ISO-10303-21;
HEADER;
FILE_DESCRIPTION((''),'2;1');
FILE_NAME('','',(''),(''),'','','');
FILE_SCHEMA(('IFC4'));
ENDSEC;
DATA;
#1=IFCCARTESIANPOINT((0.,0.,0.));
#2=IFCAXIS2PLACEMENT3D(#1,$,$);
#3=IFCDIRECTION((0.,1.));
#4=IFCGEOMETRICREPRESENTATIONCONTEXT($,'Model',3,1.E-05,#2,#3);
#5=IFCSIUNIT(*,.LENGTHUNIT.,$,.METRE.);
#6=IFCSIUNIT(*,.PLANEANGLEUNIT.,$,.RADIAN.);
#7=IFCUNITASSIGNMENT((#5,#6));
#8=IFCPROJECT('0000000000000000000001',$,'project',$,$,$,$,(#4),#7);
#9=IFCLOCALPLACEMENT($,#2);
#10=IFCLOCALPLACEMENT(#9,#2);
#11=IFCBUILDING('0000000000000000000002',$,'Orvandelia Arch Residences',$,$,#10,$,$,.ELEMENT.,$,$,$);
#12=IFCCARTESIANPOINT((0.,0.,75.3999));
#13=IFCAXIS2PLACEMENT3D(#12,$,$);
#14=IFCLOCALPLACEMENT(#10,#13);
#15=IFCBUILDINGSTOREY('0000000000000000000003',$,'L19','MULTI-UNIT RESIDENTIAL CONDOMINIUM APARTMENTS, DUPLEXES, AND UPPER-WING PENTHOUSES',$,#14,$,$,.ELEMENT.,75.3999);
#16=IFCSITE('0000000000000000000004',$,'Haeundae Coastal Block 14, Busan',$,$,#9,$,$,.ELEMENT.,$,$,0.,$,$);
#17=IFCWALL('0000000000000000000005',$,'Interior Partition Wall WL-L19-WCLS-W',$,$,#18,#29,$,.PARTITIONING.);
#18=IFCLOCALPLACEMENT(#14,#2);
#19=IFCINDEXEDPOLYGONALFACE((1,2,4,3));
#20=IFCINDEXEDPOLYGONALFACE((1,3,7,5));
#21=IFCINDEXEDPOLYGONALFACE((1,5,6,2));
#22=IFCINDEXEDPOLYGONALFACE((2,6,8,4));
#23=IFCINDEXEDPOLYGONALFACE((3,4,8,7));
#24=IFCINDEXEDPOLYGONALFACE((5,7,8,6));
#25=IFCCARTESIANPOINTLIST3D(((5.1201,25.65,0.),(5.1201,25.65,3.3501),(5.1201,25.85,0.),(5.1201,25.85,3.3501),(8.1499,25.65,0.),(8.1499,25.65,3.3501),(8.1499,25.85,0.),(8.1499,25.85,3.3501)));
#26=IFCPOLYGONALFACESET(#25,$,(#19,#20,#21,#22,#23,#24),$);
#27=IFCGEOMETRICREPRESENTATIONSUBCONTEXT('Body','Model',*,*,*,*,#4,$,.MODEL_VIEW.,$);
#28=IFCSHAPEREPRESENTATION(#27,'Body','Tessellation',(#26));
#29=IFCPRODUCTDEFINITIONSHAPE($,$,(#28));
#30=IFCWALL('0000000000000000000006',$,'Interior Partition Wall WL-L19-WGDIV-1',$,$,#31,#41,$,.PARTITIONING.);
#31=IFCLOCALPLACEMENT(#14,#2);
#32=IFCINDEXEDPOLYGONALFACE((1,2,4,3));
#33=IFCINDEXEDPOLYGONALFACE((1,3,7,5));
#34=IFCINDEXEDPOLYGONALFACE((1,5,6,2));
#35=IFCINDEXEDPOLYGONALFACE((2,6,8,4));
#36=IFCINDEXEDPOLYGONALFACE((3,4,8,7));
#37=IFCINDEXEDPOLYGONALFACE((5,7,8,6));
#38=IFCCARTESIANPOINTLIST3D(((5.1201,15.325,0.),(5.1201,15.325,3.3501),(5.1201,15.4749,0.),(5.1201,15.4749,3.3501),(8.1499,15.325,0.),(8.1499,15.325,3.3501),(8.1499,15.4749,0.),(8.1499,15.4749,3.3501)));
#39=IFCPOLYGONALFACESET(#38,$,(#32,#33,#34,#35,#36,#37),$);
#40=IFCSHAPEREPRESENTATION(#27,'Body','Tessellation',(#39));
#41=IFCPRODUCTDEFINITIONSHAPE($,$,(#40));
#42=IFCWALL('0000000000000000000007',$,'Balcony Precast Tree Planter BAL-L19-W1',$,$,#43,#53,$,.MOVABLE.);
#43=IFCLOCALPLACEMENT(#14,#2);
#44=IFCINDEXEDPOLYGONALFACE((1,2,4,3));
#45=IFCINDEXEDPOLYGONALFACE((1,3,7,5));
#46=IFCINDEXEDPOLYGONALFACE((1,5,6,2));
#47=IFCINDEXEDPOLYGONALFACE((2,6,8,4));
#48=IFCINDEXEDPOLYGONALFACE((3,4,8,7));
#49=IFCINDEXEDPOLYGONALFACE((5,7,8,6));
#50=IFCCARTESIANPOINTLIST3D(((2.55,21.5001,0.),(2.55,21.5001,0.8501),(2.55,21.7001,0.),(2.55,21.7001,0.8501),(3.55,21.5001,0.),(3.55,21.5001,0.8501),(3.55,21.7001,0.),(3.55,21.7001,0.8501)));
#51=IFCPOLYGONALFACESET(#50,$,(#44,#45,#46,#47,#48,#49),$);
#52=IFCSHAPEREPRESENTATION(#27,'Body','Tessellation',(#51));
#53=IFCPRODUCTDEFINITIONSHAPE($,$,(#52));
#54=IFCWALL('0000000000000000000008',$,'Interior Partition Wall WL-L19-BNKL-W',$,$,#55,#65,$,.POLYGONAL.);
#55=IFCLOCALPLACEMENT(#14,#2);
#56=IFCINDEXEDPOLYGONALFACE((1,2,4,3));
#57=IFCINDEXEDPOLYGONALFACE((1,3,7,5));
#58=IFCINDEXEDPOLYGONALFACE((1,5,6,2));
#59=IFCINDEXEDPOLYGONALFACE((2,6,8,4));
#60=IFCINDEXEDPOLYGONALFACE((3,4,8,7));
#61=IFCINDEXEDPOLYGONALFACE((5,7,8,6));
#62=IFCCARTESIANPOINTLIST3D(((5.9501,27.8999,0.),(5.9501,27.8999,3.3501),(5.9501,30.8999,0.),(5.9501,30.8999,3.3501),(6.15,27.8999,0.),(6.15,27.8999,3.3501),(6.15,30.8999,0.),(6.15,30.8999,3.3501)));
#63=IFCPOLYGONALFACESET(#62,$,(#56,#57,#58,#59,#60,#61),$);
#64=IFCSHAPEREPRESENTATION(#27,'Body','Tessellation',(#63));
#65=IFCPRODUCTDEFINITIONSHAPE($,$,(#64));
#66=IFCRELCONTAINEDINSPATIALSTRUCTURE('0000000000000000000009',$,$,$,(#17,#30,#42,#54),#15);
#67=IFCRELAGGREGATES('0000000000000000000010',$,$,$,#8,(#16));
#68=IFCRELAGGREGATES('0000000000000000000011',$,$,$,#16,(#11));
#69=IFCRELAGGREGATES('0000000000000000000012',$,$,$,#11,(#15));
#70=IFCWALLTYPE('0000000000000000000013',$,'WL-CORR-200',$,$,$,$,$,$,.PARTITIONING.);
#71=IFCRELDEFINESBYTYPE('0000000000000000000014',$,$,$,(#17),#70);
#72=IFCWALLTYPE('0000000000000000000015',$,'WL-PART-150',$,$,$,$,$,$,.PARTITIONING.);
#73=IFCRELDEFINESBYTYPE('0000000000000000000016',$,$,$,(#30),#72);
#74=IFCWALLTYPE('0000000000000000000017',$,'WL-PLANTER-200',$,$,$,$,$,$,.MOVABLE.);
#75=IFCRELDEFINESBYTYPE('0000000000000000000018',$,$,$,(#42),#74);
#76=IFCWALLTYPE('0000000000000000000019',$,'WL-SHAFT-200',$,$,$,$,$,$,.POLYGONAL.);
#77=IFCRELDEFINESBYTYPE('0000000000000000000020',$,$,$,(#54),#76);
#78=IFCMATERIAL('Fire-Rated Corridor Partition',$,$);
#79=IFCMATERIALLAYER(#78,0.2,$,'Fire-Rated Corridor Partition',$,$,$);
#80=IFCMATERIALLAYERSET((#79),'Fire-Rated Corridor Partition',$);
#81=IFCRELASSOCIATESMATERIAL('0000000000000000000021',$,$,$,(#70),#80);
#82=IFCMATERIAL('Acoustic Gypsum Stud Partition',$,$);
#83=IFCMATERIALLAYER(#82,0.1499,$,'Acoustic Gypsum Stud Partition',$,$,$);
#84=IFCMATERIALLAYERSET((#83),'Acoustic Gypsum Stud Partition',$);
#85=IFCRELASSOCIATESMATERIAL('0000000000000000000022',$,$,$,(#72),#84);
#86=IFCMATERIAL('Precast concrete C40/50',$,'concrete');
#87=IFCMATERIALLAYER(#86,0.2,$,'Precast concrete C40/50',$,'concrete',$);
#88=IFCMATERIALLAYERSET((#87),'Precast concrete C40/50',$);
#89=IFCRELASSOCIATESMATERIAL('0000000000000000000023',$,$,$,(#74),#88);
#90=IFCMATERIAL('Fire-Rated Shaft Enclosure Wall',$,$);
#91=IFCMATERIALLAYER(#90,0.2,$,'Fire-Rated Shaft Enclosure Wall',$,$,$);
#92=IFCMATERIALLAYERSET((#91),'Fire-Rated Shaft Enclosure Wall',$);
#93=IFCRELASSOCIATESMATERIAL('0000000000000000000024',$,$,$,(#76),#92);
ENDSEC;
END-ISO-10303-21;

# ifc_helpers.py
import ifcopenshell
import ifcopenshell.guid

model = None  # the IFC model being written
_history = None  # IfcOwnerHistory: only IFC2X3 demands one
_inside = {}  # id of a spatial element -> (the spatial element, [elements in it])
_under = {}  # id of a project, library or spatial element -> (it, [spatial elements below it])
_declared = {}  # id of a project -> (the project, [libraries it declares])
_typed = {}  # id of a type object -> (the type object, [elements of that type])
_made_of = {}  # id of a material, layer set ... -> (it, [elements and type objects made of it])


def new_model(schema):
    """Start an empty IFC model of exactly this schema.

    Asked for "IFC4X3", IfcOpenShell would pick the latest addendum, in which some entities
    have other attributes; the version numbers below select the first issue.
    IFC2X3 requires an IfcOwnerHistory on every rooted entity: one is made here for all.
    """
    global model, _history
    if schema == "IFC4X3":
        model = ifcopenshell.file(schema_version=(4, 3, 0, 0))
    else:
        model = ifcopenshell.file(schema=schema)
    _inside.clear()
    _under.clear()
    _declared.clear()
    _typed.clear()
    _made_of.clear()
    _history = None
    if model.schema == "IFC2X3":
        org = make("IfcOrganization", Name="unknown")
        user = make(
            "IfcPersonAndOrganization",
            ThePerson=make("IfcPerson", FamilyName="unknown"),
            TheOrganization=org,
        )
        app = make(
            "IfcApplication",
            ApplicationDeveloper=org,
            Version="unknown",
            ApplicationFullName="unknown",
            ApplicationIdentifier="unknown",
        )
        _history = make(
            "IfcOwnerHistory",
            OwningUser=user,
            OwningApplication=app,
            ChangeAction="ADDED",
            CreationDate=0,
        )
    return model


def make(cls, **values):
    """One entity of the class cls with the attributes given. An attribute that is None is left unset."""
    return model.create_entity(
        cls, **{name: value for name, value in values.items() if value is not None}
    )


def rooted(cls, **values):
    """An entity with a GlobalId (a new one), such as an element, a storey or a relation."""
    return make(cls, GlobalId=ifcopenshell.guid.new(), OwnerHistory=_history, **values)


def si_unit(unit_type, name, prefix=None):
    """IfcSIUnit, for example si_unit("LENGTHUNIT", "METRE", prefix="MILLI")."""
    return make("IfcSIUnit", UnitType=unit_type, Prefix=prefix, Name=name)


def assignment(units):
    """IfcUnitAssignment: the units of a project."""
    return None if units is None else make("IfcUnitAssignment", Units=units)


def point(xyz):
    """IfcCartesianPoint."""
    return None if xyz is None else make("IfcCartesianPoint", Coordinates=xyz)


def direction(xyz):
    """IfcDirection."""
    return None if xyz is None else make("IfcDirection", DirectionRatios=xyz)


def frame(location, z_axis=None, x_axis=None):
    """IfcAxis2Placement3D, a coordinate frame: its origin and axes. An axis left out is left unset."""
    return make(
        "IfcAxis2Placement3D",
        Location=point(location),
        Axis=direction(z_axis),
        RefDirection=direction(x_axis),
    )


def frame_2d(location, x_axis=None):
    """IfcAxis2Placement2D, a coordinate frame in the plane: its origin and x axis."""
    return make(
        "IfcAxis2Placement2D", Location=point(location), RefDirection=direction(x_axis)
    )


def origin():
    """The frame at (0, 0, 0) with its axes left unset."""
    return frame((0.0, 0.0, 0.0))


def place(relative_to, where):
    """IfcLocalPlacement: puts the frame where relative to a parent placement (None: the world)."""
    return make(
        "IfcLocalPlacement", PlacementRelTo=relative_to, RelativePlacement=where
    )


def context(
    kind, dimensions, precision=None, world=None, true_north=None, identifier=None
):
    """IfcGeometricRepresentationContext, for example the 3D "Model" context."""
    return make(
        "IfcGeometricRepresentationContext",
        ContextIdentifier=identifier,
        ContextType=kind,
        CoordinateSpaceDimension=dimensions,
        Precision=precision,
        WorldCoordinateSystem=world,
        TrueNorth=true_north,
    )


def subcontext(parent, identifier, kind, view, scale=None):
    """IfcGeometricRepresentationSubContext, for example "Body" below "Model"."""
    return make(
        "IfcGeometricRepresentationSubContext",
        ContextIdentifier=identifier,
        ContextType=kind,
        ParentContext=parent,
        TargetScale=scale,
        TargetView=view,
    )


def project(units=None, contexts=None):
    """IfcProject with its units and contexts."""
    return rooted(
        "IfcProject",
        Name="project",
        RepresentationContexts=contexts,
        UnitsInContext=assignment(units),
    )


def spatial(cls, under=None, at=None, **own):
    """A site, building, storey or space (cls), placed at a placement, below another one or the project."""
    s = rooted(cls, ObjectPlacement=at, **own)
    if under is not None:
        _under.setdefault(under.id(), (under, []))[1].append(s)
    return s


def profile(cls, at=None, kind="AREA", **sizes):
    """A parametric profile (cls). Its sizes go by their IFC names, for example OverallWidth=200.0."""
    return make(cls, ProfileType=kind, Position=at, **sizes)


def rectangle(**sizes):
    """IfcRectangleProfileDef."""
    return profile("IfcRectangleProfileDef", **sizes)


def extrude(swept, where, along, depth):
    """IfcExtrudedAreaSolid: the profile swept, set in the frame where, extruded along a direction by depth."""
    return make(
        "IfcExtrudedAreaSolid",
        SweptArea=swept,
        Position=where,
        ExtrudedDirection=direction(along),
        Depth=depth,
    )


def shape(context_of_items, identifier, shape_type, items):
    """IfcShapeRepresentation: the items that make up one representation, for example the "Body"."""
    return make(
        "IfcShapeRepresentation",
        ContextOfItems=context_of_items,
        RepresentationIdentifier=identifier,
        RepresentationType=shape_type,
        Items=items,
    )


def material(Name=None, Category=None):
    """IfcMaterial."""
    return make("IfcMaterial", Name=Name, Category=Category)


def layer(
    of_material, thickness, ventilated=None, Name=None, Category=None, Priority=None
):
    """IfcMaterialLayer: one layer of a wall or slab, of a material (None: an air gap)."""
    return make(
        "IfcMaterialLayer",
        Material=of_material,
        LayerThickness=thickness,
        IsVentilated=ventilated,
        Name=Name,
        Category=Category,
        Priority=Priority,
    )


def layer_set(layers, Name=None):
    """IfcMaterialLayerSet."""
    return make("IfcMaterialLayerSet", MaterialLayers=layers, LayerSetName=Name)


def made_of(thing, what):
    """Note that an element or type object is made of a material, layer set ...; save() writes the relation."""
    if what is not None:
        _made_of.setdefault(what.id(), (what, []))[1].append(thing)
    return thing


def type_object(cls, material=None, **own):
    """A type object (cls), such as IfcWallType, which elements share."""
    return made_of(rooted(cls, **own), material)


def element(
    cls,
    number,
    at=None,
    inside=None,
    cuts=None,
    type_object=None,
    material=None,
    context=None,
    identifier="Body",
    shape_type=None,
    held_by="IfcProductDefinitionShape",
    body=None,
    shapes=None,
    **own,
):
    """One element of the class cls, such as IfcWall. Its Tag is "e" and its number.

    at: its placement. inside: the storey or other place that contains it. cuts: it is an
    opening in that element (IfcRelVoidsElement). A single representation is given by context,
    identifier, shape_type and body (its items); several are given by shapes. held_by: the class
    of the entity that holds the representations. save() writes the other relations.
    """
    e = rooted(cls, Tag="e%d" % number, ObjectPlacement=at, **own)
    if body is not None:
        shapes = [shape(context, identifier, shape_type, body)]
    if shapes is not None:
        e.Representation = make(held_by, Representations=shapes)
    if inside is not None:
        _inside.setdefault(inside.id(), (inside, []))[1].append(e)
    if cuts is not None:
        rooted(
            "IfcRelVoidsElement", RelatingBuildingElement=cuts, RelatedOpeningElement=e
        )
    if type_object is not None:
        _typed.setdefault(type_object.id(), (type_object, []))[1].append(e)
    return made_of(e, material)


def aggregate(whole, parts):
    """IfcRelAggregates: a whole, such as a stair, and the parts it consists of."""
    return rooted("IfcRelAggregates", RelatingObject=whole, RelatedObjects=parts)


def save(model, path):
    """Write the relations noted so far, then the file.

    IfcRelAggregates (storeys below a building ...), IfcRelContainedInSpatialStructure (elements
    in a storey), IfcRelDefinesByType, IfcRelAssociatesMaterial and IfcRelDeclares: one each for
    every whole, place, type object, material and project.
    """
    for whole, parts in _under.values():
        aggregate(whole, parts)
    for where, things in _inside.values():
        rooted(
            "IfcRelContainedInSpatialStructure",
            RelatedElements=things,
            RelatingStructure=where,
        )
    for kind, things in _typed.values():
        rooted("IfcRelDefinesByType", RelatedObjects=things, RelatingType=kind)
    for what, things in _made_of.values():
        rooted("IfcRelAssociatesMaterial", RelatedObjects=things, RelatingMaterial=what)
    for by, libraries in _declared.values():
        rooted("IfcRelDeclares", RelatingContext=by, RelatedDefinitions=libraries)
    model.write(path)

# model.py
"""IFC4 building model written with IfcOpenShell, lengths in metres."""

from ifc_helpers import new_model, si_unit, direction, frame, frame_2d, origin, place, context, subcontext, project, spatial, rectangle, extrude, material, layer, layer_set, type_object, element, save


model = new_model("IFC4")

# Units and contexts
model_context = context("Model", 3, precision=1e-05, world=origin(), true_north=direction((0.0, 1.0)))
body_context = subcontext(model_context, "Body", "Model", "MODEL_VIEW")
ifc_project = project(units=[si_unit("LENGTHUNIT", "METRE"), si_unit("PLANEANGLEUNIT", "RADIAN")], contexts=[model_context])

# Site, building, storey
site_placement = place(None, origin())
site = spatial("IfcSite", under=ifc_project, at=site_placement, Name="Haeundae Coastal Block 14, Busan", CompositionType="ELEMENT", RefElevation=0.0)
building_placement = place(site_placement, origin())
building = spatial("IfcBuilding", under=site, at=building_placement, Name="Orvandelia Arch Residences", CompositionType="ELEMENT")
storey_placement = place(building_placement, frame((0.0, 0.0, 75.3999)))
storey = spatial("IfcBuildingStorey", under=building, at=storey_placement, Name="L19", Description="MULTI-UNIT RESIDENTIAL CONDOMINIUM APARTMENTS, DUPLEXES, AND UPPER-WING PENTHOUSES", CompositionType="ELEMENT", Elevation=75.3999)

# Walls
ifc_material_1 = material(Name="Fire-Rated Corridor Partition")
ifc_layer_1 = layer(ifc_material_1, 0.2, Name="Fire-Rated Corridor Partition")
ifc_layer_set_1 = layer_set([ifc_layer_1], Name="Fire-Rated Corridor Partition")
wall_type_1 = type_object("IfcWallType", Name="WL-CORR-200", PredefinedType="PARTITIONING", material=ifc_layer_set_1)
wall_1_placement = place(storey_placement, frame((5.1201, 25.75, 0.0), z_axis=(0.0, 0.0, 1.0), x_axis=(1.0, 0.0, 0.0)))
element("IfcWall", 1, at=wall_1_placement, inside=storey, type_object=wall_type_1, Name="Interior Partition Wall WL-L19-WCLS-W", PredefinedType="PARTITIONING", context=body_context, shape_type="SweptSolid", body=[
    extrude(rectangle(XDim=3.0298, YDim=0.2, at=frame_2d((1.5149, 0.0))), origin(), (0.0, 0.0, 1.0), 3.3501),
])
ifc_material_2 = material(Name="Acoustic Gypsum Stud Partition")
ifc_layer_2 = layer(ifc_material_2, 0.1499, Name="Acoustic Gypsum Stud Partition")
ifc_layer_set_2 = layer_set([ifc_layer_2], Name="Acoustic Gypsum Stud Partition")
wall_type_2 = type_object("IfcWallType", Name="WL-PART-150", PredefinedType="PARTITIONING", material=ifc_layer_set_2)
wall_2_placement = place(storey_placement, frame((5.1201, 15.3999, 0.0), z_axis=(0.0, 0.0, 1.0), x_axis=(1.0, 0.0, 0.0)))
element("IfcWall", 2, at=wall_2_placement, inside=storey, type_object=wall_type_2, Name="Interior Partition Wall WL-L19-WGDIV-1", PredefinedType="PARTITIONING", context=body_context, shape_type="SweptSolid", body=[
    extrude(rectangle(XDim=3.0298, YDim=0.1499, at=frame_2d((1.5149, 0.0))), origin(), (0.0, 0.0, 1.0), 3.3501),
])
ifc_material_3 = material(Name="Precast concrete C40/50", Category="concrete")
ifc_layer_3 = layer(ifc_material_3, 0.2, Name="Precast concrete C40/50", Category="concrete")
ifc_layer_set_3 = layer_set([ifc_layer_3], Name="Precast concrete C40/50")
wall_type_3 = type_object("IfcWallType", Name="WL-PLANTER-200", PredefinedType="MOVABLE", material=ifc_layer_set_3)
wall_3_placement = place(storey_placement, frame((2.55, 21.6001, 0.0), z_axis=(0.0, 0.0, 1.0), x_axis=(1.0, 0.0, 0.0)))
element("IfcWall", 3, at=wall_3_placement, inside=storey, type_object=wall_type_3, Name="Balcony Precast Tree Planter BAL-L19-W1", PredefinedType="MOVABLE", context=body_context, shape_type="SweptSolid", body=[
    extrude(rectangle(XDim=1.0, YDim=0.2, at=frame_2d((0.5, 0.0))), origin(), (0.0, 0.0, 1.0), 0.8501),
])
ifc_material_4 = material(Name="Fire-Rated Shaft Enclosure Wall")
ifc_layer_4 = layer(ifc_material_4, 0.2, Name="Fire-Rated Shaft Enclosure Wall")
ifc_layer_set_4 = layer_set([ifc_layer_4], Name="Fire-Rated Shaft Enclosure Wall")
wall_type_4 = type_object("IfcWallType", Name="WL-SHAFT-200", PredefinedType="POLYGONAL", material=ifc_layer_set_4)
wall_4_placement = place(storey_placement, frame((6.05, 27.8999, 0.0), z_axis=(0.0, 0.0, 1.0), x_axis=(0.0, 1.0, 0.0)))
element("IfcWall", 4, at=wall_4_placement, inside=storey, type_object=wall_type_4, Name="Interior Partition Wall WL-L19-BNKL-W", PredefinedType="POLYGONAL", context=body_context, shape_type="SweptSolid", body=[
    extrude(rectangle(XDim=3.0, YDim=0.2, at=frame_2d((1.5, 0.0))), origin(), (0.0, 0.0, 1.0), 3.3501),
])

save(model, "model.ifc")
